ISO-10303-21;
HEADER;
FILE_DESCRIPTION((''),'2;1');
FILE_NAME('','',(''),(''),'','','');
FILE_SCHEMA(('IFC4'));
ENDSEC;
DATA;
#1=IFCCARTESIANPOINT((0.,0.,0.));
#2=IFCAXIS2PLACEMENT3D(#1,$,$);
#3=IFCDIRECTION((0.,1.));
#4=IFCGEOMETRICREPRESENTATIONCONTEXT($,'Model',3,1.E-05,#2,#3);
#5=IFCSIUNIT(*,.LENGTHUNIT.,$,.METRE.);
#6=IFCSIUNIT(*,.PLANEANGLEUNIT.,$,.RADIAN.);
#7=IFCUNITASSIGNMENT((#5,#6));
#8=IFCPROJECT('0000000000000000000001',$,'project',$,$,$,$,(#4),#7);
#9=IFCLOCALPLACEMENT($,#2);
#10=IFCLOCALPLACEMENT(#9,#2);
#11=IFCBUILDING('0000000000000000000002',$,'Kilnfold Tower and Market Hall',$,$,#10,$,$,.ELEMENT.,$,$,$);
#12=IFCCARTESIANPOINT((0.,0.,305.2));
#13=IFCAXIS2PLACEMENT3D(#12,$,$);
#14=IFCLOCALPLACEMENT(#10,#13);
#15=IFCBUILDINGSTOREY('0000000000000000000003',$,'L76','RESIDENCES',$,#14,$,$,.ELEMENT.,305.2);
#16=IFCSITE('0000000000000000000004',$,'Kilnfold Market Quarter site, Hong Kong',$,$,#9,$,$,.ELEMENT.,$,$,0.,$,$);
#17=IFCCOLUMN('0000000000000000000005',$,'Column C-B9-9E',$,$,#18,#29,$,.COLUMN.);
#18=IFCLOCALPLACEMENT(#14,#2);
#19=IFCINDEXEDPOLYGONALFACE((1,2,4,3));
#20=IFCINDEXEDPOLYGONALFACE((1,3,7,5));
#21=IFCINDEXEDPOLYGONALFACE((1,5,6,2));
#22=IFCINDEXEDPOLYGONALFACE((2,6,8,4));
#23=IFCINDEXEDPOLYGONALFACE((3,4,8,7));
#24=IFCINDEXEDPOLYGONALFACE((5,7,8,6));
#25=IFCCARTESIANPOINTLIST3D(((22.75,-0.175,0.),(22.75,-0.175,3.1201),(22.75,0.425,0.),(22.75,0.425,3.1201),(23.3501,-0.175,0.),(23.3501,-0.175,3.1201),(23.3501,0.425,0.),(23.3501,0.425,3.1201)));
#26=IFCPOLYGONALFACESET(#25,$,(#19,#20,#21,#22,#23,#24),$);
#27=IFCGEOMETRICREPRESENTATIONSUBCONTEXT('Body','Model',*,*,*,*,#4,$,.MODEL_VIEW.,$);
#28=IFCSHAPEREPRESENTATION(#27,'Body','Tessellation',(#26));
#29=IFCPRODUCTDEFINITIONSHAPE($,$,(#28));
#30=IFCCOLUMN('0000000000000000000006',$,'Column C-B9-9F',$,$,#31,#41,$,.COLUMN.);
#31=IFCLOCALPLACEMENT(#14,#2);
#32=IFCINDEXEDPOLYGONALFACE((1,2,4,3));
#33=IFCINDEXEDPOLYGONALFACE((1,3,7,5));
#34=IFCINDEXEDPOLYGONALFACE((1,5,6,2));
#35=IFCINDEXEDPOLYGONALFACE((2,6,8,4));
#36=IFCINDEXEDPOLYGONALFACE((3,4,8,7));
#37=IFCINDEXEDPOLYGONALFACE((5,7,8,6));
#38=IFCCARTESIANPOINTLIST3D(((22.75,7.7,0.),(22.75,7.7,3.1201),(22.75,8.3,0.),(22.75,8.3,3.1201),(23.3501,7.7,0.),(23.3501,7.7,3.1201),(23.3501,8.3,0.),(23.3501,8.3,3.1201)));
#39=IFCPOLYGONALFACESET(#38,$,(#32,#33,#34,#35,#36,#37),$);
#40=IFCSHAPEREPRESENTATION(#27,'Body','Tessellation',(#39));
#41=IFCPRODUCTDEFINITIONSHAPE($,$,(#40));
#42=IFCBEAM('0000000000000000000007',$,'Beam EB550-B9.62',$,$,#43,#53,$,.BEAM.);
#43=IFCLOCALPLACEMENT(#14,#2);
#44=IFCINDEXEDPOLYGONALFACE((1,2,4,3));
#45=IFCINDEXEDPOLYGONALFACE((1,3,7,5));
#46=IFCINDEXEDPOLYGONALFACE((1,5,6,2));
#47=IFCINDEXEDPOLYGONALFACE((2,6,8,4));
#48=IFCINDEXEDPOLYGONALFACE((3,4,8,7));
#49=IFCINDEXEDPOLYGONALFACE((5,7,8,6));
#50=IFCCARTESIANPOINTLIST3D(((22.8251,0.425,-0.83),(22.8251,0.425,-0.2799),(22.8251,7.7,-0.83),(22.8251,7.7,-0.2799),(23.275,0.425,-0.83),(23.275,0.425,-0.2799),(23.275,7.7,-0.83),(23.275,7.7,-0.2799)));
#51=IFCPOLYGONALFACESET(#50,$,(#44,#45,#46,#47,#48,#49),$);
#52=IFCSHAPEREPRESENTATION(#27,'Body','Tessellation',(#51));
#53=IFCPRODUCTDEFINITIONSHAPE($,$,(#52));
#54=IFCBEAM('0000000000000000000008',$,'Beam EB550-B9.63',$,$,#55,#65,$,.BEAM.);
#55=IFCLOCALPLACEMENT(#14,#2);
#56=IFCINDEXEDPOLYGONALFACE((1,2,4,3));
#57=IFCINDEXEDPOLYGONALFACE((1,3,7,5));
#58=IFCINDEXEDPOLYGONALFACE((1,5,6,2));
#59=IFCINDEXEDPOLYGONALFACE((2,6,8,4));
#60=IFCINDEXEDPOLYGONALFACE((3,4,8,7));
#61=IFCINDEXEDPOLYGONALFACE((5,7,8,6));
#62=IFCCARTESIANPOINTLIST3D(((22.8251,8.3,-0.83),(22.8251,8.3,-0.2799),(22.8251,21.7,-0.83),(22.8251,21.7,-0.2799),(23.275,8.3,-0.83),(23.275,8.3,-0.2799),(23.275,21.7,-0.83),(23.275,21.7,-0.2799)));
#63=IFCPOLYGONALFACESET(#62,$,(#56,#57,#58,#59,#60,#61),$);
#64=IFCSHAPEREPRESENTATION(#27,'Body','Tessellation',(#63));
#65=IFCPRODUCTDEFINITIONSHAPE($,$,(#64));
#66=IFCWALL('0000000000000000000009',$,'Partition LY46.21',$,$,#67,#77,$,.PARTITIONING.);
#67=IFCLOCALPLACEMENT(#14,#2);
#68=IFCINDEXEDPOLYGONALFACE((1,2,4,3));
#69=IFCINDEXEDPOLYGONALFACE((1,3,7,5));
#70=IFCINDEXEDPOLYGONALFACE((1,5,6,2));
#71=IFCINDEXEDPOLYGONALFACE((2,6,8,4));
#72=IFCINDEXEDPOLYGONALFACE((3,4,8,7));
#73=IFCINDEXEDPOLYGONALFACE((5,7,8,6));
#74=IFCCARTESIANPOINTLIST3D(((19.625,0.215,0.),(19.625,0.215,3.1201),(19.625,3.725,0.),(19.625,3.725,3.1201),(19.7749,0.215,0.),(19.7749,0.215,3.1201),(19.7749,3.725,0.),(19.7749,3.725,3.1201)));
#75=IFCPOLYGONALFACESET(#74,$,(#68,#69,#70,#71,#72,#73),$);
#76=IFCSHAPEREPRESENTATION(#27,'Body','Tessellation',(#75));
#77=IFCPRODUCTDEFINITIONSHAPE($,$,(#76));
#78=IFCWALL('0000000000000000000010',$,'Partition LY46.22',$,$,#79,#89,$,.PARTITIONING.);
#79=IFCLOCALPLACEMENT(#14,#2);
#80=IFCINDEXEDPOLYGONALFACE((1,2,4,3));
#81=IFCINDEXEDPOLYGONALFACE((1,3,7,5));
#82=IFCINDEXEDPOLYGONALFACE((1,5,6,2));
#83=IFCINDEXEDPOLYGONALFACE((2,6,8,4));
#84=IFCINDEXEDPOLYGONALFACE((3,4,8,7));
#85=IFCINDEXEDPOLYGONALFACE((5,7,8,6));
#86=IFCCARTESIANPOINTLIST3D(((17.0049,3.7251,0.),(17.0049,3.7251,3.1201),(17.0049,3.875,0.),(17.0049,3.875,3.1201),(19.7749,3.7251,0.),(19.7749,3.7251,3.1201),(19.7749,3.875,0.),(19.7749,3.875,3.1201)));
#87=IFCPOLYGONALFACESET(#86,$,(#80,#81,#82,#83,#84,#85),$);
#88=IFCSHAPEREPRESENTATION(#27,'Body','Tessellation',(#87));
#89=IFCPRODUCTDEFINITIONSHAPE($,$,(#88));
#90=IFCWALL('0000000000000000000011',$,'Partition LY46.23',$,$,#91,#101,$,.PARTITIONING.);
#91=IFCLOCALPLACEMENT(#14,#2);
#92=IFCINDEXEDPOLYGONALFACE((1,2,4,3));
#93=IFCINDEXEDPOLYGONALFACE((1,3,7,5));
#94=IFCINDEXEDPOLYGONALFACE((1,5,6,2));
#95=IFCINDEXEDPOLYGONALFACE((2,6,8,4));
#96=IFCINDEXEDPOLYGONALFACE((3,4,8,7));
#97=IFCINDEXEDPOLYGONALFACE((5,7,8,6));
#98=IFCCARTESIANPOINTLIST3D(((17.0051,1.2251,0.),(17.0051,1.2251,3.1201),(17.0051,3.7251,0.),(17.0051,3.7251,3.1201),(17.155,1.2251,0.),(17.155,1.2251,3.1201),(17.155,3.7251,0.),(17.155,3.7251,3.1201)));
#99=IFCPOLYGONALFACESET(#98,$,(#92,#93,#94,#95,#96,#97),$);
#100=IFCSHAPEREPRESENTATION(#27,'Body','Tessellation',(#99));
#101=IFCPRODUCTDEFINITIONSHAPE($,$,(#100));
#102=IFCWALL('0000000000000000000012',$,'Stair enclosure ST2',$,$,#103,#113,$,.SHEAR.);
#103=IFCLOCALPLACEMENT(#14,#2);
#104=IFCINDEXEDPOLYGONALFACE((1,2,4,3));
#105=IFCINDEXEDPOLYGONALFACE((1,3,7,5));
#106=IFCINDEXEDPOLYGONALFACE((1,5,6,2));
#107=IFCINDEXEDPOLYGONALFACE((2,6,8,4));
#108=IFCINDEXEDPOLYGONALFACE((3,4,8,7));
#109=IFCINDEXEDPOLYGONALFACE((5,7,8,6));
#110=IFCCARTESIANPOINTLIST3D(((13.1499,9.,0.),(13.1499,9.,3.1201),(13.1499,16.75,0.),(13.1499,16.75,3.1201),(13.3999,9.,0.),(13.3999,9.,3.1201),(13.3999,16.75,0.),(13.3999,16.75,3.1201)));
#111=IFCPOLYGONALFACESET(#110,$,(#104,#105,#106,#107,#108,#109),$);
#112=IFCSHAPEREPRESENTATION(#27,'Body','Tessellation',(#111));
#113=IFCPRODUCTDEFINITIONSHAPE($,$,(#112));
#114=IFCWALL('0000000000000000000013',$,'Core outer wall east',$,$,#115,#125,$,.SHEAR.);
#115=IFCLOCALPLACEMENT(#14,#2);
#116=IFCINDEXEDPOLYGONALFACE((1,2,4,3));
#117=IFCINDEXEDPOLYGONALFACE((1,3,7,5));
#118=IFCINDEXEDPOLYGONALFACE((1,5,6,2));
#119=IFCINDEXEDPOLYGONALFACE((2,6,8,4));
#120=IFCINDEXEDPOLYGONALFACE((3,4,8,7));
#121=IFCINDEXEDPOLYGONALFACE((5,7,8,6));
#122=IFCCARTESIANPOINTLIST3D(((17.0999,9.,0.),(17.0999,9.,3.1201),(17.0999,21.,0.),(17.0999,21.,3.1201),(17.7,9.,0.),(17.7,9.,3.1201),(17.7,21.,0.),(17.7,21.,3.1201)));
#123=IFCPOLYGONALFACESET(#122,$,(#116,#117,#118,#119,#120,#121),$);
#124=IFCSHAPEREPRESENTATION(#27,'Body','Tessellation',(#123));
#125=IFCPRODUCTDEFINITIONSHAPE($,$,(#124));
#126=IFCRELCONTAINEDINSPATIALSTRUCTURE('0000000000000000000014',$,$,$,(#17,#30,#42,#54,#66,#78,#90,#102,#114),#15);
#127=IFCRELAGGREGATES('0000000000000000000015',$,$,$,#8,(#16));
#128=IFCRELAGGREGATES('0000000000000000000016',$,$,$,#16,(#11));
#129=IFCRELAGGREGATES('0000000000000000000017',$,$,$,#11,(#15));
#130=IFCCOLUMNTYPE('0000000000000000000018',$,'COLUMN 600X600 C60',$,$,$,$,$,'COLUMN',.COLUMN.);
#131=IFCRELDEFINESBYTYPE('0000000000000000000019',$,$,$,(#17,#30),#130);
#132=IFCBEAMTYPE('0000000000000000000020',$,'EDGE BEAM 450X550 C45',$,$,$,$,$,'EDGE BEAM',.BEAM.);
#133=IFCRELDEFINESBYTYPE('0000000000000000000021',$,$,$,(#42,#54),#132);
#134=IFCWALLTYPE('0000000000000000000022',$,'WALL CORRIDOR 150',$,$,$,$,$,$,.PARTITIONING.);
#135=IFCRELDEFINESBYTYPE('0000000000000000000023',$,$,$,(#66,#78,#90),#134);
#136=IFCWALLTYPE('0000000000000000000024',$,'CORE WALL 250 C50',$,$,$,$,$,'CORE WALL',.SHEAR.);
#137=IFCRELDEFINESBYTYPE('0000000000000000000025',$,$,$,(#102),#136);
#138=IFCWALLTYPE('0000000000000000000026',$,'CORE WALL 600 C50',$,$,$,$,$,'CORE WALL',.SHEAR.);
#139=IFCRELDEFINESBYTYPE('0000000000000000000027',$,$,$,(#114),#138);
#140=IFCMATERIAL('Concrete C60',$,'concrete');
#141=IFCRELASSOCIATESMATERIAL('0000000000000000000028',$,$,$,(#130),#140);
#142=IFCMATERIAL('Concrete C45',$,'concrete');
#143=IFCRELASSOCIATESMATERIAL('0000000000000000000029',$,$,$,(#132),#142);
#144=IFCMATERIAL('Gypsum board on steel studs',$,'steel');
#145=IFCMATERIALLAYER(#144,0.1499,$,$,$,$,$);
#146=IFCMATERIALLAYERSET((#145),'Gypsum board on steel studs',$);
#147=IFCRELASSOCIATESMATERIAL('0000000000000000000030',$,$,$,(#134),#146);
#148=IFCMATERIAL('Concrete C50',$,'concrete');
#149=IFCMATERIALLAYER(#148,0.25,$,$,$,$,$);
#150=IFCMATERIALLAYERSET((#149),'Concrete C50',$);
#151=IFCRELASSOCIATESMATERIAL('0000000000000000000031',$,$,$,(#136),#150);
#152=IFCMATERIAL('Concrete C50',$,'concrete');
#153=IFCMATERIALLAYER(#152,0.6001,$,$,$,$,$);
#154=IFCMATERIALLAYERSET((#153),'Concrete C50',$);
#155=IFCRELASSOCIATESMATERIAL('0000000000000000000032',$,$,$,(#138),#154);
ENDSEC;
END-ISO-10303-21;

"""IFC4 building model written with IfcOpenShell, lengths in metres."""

from ifc_helpers import new_model, si_unit, direction, frame, frame_2d, origin, origin_2d, place, context, subcontext, project, spatial, rectangle, extrude, source, transform, mapped, material, layer, layer_set, material_profile, profile_set, type_object, element, save


model = new_model("IFC4")

# Units and contexts
model_context = context("Model", 3, precision=1e-05, world=origin(), true_north=direction((0.0, 1.0)))
body_context = subcontext(model_context, "Body", "Model", "MODEL_VIEW")
ifc_project = project(units=[si_unit("LENGTHUNIT", "METRE"), si_unit("PLANEANGLEUNIT", "RADIAN")], contexts=[model_context])

# Site, building, storey
site_placement = place(None, origin())
site = spatial("IfcSite", under=ifc_project, at=site_placement, Name="Kilnfold Market Quarter site, Hong Kong", CompositionType="ELEMENT", RefElevation=0.0)
building_placement = place(site_placement, origin())
building = spatial("IfcBuilding", under=site, at=building_placement, Name="Kilnfold Tower and Market Hall", CompositionType="ELEMENT")
storey_placement = place(building_placement, frame((0.0, 0.0, 305.2)))
storey = spatial("IfcBuildingStorey", under=building, at=storey_placement, Name="L76", Description="RESIDENCES", CompositionType="ELEMENT", Elevation=305.2)

# Columns
ifc_material_1 = material(Name="Concrete C60", Category="concrete")
ifc_material_profile_1 = material_profile(ifc_material_1, rectangle(XDim=0.6001, YDim=0.6001, at=origin_2d()), Name="RC 600x600")
ifc_profile_set_1 = profile_set([ifc_material_profile_1], Name="Concrete C60")
column_type = type_object("IfcColumnType", Name="COLUMN 600X600 C60", ElementType="COLUMN", PredefinedType="COLUMN", material=ifc_profile_set_1)
shared_shape_1 = source(origin(), body_context, "Body", "SweptSolid", [
    extrude(rectangle(XDim=0.6001, YDim=0.6001, at=origin_2d()), origin(), (0.0, 0.0, 1.0), 3.1201),
])
for number, where, z_axis, x_axis, name in (
    (1, (23.05, 0.125, 0.0), (0.0, 0.0, 1.0), (1.0, 0.0, 0.0), "Column C-B9-9E"),
    (2, (23.05, 8.0, 0.0), (0.0, 0.0, 1.0), (1.0, 0.0, 0.0), "Column C-B9-9F"),
):
    element("IfcColumn", number, at=place(storey_placement, frame(where, z_axis=z_axis, x_axis=x_axis)), inside=storey, type_object=column_type, Name=name, PredefinedType="COLUMN", context=body_context, shape_type="MappedRepresentation", body=[
        mapped(shared_shape_1, transform((0.0, 0.0, 0.0))),
    ])

# Beams
ifc_material_2 = material(Name="Concrete C45", Category="concrete")
ifc_material_profile_2 = material_profile(ifc_material_2, rectangle(XDim=0.45, YDim=0.55, at=origin_2d()), Name="RC 450x550")
ifc_profile_set_2 = profile_set([ifc_material_profile_2], Name="Concrete C45")
beam_type = type_object("IfcBeamType", Name="EDGE BEAM 450X550 C45", ElementType="EDGE BEAM", PredefinedType="BEAM", material=ifc_profile_set_2)
shared_shape_2 = source(origin(), body_context, "Body", "SweptSolid", [
    extrude(rectangle(XDim=0.45, YDim=0.55, at=origin_2d()), origin(), (0.0, 0.0, 1.0), 7.2749),
])
beam_1_placement = place(storey_placement, frame((23.05, 0.425, -0.5549), z_axis=(0.0, 1.0, 0.0), x_axis=(-1.0, 0.0, 0.0)))
element("IfcBeam", 3, at=beam_1_placement, inside=storey, type_object=beam_type, Name="Beam EB550-B9.62", PredefinedType="BEAM", context=body_context, shape_type="MappedRepresentation", body=[
    mapped(shared_shape_2, transform((0.0, 0.0, 0.0))),
])
shared_shape_3 = source(origin(), body_context, "Body", "SweptSolid", [
    extrude(rectangle(XDim=0.45, YDim=0.55, at=origin_2d()), origin(), (0.0, 0.0, 1.0), 13.3999),
])
beam_2_placement = place(storey_placement, frame((23.05, 8.3, -0.5549), z_axis=(0.0, 1.0, 0.0), x_axis=(-1.0, 0.0, 0.0)))
element("IfcBeam", 4, at=beam_2_placement, inside=storey, type_object=beam_type, Name="Beam EB550-B9.63", PredefinedType="BEAM", context=body_context, shape_type="MappedRepresentation", body=[
    mapped(shared_shape_3, transform((0.0, 0.0, 0.0))),
])

# Walls
ifc_material_3 = material(Name="Gypsum board on steel studs", Category="steel")
ifc_layer_1 = layer(ifc_material_3, 0.1499)
ifc_layer_set_1 = layer_set([ifc_layer_1], Name="Gypsum board on steel studs")
wall_type_1 = type_object("IfcWallType", Name="WALL CORRIDOR 150", PredefinedType="PARTITIONING", material=ifc_layer_set_1)
wall_1_placement = place(storey_placement, frame((19.7, 0.2151, 0.0), z_axis=(0.0, 0.0, 1.0), x_axis=(0.0, 1.0, 0.0)))
element("IfcWall", 5, at=wall_1_placement, inside=storey, type_object=wall_type_1, Name="Partition LY46.21", PredefinedType="PARTITIONING", context=body_context, shape_type="SweptSolid", body=[
    extrude(rectangle(XDim=3.51, YDim=0.1499, at=frame_2d((1.7549, 0.0))), origin(), (0.0, 0.0, 1.0), 3.1201),
])
wall_2_placement = place(storey_placement, frame((17.0049, 3.8, 0.0), z_axis=(0.0, 0.0, 1.0), x_axis=(1.0, 0.0, 0.0)))
element("IfcWall", 6, at=wall_2_placement, inside=storey, type_object=wall_type_1, Name="Partition LY46.22", PredefinedType="PARTITIONING", context=body_context, shape_type="SweptSolid", body=[
    extrude(rectangle(XDim=2.77, YDim=0.1499, at=frame_2d((1.385, 0.0))), origin(), (0.0, 0.0, 1.0), 3.1201),
])
wall_3_placement = place(storey_placement, frame((17.0801, 1.2251, 0.0), z_axis=(0.0, 0.0, 1.0), x_axis=(0.0, 1.0, 0.0)))
element("IfcWall", 7, at=wall_3_placement, inside=storey, type_object=wall_type_1, Name="Partition LY46.23", PredefinedType="PARTITIONING", context=body_context, shape_type="SweptSolid", body=[
    extrude(rectangle(XDim=2.5, YDim=0.1499, at=frame_2d((1.25, 0.0))), origin(), (0.0, 0.0, 1.0), 3.1201),
])
ifc_material_4 = material(Name="Concrete C50", Category="concrete")
ifc_layer_2 = layer(ifc_material_4, 0.25)
ifc_layer_set_2 = layer_set([ifc_layer_2], Name="Concrete C50")
wall_type_2 = type_object("IfcWallType", Name="CORE WALL 250 C50", ElementType="CORE WALL", PredefinedType="SHEAR", material=ifc_layer_set_2)
shared_shape_4 = source(origin(), body_context, "Body", "SweptSolid", [
    extrude(rectangle(XDim=7.75, YDim=0.25, at=frame_2d((3.875, 0.0))), origin(), (0.0, 0.0, 1.0), 3.1201),
])
wall_4_placement = place(storey_placement, frame((13.2749, 9.0, 0.0), z_axis=(0.0, 0.0, 1.0), x_axis=(0.0, 1.0, 0.0)))
element("IfcWall", 8, at=wall_4_placement, inside=storey, type_object=wall_type_2, Name="Stair enclosure ST2", PredefinedType="SHEAR", context=body_context, shape_type="MappedRepresentation", body=[
    mapped(shared_shape_4, transform((0.0, 0.0, 0.0))),
])
ifc_material_5 = material(Name="Concrete C50", Category="concrete")
ifc_layer_3 = layer(ifc_material_5, 0.6001)
ifc_layer_set_3 = layer_set([ifc_layer_3], Name="Concrete C50")
wall_type_3 = type_object("IfcWallType", Name="CORE WALL 600 C50", ElementType="CORE WALL", PredefinedType="SHEAR", material=ifc_layer_set_3)
shared_shape_5 = source(origin(), body_context, "Body", "SweptSolid", [
    extrude(rectangle(XDim=12.0, YDim=0.6001, at=frame_2d((6.0, 0.0))), origin(), (0.0, 0.0, 1.0), 3.1201),
])
wall_5_placement = place(storey_placement, frame((17.3999, 9.0, 0.0), z_axis=(0.0, 0.0, 1.0), x_axis=(0.0, 1.0, 0.0)))
element("IfcWall", 9, at=wall_5_placement, inside=storey, type_object=wall_type_3, Name="Core outer wall east", PredefinedType="SHEAR", context=body_context, shape_type="MappedRepresentation", body=[
    mapped(shared_shape_5, transform((0.0, 0.0, 0.0))),
])

save(model, "model.ifc")
